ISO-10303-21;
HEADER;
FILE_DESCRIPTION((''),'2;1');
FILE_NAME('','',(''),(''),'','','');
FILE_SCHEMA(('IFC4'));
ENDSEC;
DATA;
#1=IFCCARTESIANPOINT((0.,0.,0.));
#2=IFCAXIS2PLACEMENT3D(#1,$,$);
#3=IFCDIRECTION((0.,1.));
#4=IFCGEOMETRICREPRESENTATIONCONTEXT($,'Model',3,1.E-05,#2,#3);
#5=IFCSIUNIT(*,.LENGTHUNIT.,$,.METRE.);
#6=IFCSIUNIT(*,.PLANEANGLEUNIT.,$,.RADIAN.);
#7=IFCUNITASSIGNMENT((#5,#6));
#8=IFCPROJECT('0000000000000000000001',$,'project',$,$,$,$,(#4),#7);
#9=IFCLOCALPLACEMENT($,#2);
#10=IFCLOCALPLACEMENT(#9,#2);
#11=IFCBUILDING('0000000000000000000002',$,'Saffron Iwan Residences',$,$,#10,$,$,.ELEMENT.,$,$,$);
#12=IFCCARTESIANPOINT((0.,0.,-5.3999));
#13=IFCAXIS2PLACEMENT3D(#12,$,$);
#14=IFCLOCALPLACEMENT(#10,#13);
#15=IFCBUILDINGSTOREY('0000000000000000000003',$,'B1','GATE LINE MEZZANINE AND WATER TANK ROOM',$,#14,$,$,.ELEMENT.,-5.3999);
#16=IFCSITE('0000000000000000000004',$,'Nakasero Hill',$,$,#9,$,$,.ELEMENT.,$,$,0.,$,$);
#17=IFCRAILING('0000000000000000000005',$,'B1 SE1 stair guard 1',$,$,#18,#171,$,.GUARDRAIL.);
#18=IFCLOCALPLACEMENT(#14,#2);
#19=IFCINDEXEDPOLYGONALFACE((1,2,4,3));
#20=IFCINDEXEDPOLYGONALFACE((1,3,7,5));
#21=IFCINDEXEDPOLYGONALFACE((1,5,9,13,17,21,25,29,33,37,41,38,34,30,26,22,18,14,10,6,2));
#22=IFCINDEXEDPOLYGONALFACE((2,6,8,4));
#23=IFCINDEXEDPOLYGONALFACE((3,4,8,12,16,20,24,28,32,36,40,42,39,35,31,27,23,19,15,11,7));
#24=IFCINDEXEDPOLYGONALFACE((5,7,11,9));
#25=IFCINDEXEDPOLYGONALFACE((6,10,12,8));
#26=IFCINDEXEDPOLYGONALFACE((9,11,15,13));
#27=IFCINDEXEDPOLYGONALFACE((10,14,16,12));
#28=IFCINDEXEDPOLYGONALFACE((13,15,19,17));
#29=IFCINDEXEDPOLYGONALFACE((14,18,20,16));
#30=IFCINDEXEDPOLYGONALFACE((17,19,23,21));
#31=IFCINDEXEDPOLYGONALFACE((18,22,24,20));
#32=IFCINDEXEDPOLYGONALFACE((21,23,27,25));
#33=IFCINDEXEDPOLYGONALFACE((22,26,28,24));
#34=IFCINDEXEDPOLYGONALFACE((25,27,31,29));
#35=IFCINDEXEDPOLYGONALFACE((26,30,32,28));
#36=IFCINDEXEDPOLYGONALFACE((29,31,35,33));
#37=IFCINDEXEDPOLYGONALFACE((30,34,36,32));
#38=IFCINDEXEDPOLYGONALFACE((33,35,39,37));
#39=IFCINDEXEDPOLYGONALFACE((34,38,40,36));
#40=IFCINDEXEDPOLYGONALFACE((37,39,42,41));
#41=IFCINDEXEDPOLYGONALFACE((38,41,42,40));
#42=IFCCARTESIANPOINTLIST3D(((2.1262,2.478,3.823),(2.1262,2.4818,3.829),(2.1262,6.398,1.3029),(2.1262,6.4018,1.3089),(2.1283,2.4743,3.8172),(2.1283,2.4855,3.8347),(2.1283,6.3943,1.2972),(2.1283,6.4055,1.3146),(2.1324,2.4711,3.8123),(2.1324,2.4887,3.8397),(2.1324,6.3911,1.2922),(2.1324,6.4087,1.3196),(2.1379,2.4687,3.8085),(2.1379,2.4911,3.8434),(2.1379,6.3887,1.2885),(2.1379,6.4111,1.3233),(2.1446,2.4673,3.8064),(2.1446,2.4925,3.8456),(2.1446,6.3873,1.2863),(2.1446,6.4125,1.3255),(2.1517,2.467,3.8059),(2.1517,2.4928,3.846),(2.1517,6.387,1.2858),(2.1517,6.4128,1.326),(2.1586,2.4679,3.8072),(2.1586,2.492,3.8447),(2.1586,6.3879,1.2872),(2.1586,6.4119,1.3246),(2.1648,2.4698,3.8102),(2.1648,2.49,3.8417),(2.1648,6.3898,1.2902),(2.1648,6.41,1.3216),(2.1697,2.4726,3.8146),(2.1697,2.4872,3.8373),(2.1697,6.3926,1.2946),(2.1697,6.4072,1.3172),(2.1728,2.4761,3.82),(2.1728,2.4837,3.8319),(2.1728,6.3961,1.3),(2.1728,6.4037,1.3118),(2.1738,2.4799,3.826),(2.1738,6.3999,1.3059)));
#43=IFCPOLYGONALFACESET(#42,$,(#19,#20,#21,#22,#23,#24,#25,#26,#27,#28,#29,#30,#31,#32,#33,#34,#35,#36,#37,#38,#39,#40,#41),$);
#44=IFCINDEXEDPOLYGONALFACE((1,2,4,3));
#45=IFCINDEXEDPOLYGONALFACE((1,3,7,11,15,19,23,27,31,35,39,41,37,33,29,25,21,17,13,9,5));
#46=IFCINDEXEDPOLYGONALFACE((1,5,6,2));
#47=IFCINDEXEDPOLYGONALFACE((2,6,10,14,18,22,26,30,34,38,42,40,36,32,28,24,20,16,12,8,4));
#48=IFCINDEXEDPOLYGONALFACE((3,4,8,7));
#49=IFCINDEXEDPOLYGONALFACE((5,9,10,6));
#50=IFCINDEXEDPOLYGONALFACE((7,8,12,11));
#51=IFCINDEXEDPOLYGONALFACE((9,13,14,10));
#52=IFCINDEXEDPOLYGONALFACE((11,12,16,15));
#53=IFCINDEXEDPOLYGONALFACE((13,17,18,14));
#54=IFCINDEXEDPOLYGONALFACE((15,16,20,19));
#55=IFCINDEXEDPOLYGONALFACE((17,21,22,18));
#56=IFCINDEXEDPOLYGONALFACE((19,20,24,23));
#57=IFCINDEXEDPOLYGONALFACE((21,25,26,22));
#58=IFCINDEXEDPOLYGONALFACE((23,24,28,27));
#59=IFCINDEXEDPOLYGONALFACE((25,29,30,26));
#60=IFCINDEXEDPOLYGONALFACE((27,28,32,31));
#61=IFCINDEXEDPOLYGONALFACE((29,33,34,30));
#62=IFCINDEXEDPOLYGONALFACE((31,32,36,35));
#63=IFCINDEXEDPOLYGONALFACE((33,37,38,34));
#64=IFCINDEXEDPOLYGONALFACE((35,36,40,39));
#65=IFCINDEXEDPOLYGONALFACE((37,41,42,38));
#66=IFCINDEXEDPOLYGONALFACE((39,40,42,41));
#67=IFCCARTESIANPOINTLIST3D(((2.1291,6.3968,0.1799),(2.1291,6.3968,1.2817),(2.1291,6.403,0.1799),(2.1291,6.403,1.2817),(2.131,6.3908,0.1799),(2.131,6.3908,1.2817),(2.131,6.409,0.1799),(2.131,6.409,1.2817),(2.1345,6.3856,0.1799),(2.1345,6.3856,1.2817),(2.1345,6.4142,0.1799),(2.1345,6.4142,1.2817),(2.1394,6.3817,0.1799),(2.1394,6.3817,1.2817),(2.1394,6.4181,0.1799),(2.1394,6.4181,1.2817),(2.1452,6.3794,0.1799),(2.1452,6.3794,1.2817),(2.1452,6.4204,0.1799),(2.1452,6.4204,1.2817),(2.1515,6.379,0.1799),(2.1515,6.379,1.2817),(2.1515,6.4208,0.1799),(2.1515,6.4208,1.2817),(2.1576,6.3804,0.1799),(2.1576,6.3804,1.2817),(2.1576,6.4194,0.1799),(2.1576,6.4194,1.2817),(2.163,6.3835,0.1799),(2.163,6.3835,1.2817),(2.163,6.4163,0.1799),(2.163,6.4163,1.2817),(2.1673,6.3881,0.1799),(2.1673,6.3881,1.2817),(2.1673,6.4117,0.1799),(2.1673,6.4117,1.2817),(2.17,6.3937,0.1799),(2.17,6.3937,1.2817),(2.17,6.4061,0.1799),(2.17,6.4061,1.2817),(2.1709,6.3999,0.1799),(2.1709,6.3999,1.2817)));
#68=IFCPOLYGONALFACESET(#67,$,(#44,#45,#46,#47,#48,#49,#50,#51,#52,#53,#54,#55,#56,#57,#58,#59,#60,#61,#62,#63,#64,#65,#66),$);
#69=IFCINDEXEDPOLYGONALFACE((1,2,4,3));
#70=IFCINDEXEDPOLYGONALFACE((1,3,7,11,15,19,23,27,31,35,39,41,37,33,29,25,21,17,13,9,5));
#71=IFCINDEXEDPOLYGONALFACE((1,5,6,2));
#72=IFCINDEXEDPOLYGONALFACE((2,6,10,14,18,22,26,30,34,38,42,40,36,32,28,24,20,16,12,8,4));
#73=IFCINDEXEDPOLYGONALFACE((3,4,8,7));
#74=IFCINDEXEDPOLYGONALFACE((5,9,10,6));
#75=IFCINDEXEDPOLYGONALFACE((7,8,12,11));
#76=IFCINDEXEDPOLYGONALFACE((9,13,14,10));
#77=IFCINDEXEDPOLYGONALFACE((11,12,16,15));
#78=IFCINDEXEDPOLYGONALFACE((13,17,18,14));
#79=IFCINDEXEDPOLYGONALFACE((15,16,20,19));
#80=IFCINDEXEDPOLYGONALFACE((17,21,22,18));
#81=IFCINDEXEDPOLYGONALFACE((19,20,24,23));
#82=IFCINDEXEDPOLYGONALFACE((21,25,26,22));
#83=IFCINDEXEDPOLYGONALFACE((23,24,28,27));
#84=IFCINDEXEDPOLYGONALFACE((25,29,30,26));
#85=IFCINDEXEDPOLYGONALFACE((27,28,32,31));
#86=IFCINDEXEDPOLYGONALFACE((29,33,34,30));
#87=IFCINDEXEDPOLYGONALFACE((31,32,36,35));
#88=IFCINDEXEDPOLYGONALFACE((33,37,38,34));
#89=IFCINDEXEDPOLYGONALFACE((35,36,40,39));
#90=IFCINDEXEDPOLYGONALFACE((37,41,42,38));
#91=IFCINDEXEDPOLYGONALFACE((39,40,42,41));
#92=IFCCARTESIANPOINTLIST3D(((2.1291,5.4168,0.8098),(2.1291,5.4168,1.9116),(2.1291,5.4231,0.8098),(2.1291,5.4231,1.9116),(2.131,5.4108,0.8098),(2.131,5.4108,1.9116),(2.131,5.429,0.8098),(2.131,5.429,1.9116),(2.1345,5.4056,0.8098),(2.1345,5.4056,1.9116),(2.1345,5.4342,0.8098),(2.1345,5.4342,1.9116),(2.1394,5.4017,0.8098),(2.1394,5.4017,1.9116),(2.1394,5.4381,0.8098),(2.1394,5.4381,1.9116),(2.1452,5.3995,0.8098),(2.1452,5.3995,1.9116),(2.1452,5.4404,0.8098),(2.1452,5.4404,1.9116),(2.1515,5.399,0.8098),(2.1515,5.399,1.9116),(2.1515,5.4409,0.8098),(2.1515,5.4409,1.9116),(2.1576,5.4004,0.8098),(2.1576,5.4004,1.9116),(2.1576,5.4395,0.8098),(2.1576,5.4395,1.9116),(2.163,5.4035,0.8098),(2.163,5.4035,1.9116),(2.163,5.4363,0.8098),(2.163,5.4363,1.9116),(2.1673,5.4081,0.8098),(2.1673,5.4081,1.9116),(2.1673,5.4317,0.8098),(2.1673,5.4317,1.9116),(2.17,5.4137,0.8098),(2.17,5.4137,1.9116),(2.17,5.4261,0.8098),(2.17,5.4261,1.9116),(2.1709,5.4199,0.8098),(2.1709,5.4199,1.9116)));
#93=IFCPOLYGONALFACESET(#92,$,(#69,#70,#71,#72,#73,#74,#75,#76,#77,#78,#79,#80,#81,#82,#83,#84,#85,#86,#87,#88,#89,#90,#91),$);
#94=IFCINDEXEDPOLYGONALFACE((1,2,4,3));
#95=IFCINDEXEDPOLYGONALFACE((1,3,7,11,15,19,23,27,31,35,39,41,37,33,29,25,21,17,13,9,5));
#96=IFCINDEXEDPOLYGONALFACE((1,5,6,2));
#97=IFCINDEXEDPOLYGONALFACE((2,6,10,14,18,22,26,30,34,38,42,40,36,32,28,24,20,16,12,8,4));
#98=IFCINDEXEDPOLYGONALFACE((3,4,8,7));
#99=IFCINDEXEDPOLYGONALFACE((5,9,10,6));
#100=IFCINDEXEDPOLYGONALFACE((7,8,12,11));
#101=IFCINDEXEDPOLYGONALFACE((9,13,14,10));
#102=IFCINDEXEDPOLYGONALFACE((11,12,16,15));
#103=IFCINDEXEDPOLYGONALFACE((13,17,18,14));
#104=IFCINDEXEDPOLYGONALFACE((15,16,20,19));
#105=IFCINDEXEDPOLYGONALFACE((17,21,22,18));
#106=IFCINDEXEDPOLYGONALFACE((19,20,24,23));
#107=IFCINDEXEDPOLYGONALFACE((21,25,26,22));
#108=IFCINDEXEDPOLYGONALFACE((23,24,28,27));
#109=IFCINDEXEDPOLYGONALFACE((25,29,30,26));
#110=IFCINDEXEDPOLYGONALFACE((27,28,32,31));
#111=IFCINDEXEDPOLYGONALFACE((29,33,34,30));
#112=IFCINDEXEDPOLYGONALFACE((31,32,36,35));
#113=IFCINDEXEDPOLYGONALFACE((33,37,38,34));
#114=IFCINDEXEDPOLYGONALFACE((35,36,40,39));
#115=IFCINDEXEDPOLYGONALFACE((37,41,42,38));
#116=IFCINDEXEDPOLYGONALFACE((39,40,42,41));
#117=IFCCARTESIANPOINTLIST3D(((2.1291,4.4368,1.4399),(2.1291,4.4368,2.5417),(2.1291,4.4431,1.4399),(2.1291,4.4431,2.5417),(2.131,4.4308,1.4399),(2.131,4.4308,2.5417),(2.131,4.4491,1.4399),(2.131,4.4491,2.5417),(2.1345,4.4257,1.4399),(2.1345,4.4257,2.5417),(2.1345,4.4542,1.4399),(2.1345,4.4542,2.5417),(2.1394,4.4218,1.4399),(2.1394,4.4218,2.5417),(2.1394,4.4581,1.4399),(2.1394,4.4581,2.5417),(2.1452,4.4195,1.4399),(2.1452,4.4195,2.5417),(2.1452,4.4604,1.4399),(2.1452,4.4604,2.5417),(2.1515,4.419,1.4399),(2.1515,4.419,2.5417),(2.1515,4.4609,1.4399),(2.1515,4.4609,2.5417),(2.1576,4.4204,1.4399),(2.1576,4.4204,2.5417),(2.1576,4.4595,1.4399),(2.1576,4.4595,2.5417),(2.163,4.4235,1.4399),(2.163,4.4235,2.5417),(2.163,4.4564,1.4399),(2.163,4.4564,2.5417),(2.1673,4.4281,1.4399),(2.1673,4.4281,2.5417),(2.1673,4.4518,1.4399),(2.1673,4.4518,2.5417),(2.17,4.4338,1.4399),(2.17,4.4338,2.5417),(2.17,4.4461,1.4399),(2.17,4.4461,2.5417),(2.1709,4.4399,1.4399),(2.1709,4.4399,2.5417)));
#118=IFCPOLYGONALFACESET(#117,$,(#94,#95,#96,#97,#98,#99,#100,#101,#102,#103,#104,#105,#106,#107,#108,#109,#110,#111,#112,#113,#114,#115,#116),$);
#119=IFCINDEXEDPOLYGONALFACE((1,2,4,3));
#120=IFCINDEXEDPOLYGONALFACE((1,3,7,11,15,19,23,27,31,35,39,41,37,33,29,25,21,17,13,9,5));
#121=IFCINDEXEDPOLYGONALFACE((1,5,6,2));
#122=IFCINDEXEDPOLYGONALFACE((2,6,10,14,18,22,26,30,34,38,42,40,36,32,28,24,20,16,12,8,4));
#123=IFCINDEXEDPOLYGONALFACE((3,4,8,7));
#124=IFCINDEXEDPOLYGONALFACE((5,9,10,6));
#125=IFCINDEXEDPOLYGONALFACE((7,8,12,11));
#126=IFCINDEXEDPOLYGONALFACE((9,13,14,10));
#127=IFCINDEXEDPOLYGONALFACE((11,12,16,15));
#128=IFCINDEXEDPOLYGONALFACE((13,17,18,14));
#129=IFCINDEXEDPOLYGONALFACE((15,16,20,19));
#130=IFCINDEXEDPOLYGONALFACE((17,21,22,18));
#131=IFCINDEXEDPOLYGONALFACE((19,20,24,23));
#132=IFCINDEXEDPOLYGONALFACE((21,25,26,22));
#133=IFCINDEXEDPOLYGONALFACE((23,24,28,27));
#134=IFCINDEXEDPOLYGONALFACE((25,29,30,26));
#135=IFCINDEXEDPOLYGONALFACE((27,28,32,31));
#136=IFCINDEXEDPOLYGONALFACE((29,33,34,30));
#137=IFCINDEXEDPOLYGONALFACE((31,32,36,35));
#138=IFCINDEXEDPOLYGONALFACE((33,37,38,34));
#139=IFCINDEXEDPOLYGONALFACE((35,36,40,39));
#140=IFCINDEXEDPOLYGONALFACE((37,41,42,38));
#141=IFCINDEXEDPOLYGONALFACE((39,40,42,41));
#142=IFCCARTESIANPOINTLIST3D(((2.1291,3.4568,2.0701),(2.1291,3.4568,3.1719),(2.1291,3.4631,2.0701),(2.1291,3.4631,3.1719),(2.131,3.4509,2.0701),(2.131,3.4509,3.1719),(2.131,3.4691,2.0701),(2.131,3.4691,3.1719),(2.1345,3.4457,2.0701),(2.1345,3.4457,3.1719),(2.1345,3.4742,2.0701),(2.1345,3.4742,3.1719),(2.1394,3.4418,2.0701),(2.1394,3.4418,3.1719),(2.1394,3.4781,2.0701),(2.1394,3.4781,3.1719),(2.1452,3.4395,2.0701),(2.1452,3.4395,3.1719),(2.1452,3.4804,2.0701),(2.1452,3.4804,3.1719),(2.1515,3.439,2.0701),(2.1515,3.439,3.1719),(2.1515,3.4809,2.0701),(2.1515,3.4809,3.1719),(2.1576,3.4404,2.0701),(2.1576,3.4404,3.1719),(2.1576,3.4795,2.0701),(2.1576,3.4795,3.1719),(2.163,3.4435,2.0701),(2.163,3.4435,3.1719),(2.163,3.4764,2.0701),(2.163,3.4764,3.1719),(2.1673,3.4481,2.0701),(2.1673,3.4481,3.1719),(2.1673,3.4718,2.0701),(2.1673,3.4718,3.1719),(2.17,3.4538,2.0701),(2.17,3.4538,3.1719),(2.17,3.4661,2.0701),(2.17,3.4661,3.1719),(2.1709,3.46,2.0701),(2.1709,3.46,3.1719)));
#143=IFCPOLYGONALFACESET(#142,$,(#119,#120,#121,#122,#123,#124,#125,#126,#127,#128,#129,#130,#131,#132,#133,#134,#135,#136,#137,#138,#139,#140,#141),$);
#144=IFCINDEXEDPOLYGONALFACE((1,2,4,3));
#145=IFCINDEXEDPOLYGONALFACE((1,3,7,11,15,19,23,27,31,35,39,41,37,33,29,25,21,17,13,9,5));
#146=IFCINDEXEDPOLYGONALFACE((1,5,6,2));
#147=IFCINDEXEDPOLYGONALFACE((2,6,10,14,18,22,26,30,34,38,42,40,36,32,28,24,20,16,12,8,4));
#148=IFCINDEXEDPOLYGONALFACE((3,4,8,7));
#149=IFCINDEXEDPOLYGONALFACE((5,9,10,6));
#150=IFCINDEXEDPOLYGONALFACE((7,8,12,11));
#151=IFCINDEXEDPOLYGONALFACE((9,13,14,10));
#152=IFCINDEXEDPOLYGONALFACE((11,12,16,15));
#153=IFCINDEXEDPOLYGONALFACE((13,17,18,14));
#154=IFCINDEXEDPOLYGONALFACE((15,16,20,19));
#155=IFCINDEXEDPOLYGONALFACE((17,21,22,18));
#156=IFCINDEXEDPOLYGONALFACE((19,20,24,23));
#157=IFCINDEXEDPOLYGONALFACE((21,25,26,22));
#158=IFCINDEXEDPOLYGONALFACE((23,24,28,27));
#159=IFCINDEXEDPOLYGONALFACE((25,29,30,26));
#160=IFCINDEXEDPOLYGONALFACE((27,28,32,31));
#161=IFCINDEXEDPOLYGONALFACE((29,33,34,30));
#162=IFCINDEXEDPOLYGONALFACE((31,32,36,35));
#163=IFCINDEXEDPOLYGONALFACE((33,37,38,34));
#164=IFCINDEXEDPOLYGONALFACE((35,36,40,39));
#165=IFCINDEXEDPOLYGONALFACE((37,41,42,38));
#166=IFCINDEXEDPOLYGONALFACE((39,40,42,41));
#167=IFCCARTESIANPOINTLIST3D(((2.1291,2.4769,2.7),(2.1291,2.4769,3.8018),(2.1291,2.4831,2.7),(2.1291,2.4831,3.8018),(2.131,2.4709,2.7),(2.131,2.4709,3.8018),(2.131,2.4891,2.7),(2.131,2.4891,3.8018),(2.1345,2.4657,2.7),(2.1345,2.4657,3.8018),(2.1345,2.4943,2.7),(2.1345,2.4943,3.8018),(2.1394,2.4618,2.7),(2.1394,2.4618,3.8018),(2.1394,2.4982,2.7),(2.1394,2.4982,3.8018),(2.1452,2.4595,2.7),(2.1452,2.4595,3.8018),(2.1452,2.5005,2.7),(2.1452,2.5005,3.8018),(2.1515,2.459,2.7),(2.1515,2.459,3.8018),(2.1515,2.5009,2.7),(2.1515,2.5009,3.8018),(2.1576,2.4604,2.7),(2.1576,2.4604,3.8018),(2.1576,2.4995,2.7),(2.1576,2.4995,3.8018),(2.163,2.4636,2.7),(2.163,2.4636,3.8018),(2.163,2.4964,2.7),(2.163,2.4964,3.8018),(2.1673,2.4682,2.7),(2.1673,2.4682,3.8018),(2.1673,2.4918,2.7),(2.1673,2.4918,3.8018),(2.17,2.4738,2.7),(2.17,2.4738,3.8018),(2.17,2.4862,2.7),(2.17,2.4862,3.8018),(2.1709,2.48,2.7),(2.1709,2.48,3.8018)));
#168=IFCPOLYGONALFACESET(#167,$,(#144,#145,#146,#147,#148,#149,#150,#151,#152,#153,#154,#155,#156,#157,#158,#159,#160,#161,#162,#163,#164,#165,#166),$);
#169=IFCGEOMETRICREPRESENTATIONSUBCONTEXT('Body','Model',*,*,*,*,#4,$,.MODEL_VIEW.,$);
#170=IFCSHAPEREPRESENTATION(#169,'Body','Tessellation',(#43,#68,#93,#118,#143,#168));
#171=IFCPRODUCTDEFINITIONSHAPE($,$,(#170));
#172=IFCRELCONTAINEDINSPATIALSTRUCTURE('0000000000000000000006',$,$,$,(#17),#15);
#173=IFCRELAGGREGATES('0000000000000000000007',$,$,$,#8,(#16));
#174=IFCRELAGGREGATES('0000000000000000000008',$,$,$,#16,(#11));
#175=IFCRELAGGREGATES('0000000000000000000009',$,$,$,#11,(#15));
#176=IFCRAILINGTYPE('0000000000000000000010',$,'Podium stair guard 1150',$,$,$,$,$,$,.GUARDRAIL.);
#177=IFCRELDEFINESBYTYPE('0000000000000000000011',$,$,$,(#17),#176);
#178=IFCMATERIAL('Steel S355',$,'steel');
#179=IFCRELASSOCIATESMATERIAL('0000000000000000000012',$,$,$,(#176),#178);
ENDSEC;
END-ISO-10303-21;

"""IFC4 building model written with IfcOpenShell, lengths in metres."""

from ifc_helpers import new_model, si_unit, direction, frame, origin, origin_2d, place, context, subcontext, project, spatial, circle, extrude, material, type_object, element, save


model = new_model("IFC4")

# Units and contexts
model_context = context("Model", 3, precision=1e-05, world=origin(), true_north=direction((0.0, 1.0)))
body_context = subcontext(model_context, "Body", "Model", "MODEL_VIEW")
ifc_project = project(units=[si_unit("LENGTHUNIT", "METRE"), si_unit("PLANEANGLEUNIT", "RADIAN")], contexts=[model_context])

# Site, building, storey
site_placement = place(None, origin())
site = spatial("IfcSite", under=ifc_project, at=site_placement, Name="Nakasero Hill", CompositionType="ELEMENT", RefElevation=0.0)
building_placement = place(site_placement, origin())
building = spatial("IfcBuilding", under=site, at=building_placement, Name="Saffron Iwan Residences", CompositionType="ELEMENT")
storey_placement = place(building_placement, frame((0.0, 0.0, -5.3999)))
storey = spatial("IfcBuildingStorey", under=building, at=storey_placement, Name="B1", Description="GATE LINE MEZZANINE AND WATER TANK ROOM", CompositionType="ELEMENT", Elevation=-5.3999)

# Railing
ifc_material_1 = material(Name="Steel S355", Category="steel")
railing_type_1 = type_object("IfcRailingType", Name="Podium stair guard 1150", PredefinedType="GUARDRAIL", material=ifc_material_1)
railing_1_placement = place(storey_placement, frame((2.1499, 6.3999, 0.1799)))
element("IfcRailing", 1, at=railing_1_placement, inside=storey, type_object=railing_type_1, Name="B1 SE1 stair guard 1", PredefinedType="GUARDRAIL", context=body_context, shape_type="SweptSolid", body=[
    extrude(circle(Radius=0.0239, at=origin_2d()), frame((0.0, 0.0, 1.126), z_axis=(0.0, -0.841172, 0.540768), x_axis=(1.0, 0.0, 0.0)), (0.0, 0.0, 1.0), 4.6602),
    extrude(circle(Radius=0.021, at=origin_2d()), origin(), (0.0, 0.0, 1.0), 1.1018),
    extrude(circle(Radius=0.021, at=origin_2d()), frame((0.0, -0.98, 0.6299)), (0.0, 0.0, 1.0), 1.1018),
    extrude(circle(Radius=0.021, at=origin_2d()), frame((0.0, -1.96, 1.26)), (0.0, 0.0, 1.0), 1.1018),
    extrude(circle(Radius=0.021, at=origin_2d()), frame((0.0, -2.9399, 1.8901)), (0.0, 0.0, 1.0), 1.1018),
    extrude(circle(Radius=0.021, at=origin_2d()), frame((0.0, -3.9199, 2.52)), (0.0, 0.0, 1.0), 1.1018),
])

save(model, "model.ifc")
